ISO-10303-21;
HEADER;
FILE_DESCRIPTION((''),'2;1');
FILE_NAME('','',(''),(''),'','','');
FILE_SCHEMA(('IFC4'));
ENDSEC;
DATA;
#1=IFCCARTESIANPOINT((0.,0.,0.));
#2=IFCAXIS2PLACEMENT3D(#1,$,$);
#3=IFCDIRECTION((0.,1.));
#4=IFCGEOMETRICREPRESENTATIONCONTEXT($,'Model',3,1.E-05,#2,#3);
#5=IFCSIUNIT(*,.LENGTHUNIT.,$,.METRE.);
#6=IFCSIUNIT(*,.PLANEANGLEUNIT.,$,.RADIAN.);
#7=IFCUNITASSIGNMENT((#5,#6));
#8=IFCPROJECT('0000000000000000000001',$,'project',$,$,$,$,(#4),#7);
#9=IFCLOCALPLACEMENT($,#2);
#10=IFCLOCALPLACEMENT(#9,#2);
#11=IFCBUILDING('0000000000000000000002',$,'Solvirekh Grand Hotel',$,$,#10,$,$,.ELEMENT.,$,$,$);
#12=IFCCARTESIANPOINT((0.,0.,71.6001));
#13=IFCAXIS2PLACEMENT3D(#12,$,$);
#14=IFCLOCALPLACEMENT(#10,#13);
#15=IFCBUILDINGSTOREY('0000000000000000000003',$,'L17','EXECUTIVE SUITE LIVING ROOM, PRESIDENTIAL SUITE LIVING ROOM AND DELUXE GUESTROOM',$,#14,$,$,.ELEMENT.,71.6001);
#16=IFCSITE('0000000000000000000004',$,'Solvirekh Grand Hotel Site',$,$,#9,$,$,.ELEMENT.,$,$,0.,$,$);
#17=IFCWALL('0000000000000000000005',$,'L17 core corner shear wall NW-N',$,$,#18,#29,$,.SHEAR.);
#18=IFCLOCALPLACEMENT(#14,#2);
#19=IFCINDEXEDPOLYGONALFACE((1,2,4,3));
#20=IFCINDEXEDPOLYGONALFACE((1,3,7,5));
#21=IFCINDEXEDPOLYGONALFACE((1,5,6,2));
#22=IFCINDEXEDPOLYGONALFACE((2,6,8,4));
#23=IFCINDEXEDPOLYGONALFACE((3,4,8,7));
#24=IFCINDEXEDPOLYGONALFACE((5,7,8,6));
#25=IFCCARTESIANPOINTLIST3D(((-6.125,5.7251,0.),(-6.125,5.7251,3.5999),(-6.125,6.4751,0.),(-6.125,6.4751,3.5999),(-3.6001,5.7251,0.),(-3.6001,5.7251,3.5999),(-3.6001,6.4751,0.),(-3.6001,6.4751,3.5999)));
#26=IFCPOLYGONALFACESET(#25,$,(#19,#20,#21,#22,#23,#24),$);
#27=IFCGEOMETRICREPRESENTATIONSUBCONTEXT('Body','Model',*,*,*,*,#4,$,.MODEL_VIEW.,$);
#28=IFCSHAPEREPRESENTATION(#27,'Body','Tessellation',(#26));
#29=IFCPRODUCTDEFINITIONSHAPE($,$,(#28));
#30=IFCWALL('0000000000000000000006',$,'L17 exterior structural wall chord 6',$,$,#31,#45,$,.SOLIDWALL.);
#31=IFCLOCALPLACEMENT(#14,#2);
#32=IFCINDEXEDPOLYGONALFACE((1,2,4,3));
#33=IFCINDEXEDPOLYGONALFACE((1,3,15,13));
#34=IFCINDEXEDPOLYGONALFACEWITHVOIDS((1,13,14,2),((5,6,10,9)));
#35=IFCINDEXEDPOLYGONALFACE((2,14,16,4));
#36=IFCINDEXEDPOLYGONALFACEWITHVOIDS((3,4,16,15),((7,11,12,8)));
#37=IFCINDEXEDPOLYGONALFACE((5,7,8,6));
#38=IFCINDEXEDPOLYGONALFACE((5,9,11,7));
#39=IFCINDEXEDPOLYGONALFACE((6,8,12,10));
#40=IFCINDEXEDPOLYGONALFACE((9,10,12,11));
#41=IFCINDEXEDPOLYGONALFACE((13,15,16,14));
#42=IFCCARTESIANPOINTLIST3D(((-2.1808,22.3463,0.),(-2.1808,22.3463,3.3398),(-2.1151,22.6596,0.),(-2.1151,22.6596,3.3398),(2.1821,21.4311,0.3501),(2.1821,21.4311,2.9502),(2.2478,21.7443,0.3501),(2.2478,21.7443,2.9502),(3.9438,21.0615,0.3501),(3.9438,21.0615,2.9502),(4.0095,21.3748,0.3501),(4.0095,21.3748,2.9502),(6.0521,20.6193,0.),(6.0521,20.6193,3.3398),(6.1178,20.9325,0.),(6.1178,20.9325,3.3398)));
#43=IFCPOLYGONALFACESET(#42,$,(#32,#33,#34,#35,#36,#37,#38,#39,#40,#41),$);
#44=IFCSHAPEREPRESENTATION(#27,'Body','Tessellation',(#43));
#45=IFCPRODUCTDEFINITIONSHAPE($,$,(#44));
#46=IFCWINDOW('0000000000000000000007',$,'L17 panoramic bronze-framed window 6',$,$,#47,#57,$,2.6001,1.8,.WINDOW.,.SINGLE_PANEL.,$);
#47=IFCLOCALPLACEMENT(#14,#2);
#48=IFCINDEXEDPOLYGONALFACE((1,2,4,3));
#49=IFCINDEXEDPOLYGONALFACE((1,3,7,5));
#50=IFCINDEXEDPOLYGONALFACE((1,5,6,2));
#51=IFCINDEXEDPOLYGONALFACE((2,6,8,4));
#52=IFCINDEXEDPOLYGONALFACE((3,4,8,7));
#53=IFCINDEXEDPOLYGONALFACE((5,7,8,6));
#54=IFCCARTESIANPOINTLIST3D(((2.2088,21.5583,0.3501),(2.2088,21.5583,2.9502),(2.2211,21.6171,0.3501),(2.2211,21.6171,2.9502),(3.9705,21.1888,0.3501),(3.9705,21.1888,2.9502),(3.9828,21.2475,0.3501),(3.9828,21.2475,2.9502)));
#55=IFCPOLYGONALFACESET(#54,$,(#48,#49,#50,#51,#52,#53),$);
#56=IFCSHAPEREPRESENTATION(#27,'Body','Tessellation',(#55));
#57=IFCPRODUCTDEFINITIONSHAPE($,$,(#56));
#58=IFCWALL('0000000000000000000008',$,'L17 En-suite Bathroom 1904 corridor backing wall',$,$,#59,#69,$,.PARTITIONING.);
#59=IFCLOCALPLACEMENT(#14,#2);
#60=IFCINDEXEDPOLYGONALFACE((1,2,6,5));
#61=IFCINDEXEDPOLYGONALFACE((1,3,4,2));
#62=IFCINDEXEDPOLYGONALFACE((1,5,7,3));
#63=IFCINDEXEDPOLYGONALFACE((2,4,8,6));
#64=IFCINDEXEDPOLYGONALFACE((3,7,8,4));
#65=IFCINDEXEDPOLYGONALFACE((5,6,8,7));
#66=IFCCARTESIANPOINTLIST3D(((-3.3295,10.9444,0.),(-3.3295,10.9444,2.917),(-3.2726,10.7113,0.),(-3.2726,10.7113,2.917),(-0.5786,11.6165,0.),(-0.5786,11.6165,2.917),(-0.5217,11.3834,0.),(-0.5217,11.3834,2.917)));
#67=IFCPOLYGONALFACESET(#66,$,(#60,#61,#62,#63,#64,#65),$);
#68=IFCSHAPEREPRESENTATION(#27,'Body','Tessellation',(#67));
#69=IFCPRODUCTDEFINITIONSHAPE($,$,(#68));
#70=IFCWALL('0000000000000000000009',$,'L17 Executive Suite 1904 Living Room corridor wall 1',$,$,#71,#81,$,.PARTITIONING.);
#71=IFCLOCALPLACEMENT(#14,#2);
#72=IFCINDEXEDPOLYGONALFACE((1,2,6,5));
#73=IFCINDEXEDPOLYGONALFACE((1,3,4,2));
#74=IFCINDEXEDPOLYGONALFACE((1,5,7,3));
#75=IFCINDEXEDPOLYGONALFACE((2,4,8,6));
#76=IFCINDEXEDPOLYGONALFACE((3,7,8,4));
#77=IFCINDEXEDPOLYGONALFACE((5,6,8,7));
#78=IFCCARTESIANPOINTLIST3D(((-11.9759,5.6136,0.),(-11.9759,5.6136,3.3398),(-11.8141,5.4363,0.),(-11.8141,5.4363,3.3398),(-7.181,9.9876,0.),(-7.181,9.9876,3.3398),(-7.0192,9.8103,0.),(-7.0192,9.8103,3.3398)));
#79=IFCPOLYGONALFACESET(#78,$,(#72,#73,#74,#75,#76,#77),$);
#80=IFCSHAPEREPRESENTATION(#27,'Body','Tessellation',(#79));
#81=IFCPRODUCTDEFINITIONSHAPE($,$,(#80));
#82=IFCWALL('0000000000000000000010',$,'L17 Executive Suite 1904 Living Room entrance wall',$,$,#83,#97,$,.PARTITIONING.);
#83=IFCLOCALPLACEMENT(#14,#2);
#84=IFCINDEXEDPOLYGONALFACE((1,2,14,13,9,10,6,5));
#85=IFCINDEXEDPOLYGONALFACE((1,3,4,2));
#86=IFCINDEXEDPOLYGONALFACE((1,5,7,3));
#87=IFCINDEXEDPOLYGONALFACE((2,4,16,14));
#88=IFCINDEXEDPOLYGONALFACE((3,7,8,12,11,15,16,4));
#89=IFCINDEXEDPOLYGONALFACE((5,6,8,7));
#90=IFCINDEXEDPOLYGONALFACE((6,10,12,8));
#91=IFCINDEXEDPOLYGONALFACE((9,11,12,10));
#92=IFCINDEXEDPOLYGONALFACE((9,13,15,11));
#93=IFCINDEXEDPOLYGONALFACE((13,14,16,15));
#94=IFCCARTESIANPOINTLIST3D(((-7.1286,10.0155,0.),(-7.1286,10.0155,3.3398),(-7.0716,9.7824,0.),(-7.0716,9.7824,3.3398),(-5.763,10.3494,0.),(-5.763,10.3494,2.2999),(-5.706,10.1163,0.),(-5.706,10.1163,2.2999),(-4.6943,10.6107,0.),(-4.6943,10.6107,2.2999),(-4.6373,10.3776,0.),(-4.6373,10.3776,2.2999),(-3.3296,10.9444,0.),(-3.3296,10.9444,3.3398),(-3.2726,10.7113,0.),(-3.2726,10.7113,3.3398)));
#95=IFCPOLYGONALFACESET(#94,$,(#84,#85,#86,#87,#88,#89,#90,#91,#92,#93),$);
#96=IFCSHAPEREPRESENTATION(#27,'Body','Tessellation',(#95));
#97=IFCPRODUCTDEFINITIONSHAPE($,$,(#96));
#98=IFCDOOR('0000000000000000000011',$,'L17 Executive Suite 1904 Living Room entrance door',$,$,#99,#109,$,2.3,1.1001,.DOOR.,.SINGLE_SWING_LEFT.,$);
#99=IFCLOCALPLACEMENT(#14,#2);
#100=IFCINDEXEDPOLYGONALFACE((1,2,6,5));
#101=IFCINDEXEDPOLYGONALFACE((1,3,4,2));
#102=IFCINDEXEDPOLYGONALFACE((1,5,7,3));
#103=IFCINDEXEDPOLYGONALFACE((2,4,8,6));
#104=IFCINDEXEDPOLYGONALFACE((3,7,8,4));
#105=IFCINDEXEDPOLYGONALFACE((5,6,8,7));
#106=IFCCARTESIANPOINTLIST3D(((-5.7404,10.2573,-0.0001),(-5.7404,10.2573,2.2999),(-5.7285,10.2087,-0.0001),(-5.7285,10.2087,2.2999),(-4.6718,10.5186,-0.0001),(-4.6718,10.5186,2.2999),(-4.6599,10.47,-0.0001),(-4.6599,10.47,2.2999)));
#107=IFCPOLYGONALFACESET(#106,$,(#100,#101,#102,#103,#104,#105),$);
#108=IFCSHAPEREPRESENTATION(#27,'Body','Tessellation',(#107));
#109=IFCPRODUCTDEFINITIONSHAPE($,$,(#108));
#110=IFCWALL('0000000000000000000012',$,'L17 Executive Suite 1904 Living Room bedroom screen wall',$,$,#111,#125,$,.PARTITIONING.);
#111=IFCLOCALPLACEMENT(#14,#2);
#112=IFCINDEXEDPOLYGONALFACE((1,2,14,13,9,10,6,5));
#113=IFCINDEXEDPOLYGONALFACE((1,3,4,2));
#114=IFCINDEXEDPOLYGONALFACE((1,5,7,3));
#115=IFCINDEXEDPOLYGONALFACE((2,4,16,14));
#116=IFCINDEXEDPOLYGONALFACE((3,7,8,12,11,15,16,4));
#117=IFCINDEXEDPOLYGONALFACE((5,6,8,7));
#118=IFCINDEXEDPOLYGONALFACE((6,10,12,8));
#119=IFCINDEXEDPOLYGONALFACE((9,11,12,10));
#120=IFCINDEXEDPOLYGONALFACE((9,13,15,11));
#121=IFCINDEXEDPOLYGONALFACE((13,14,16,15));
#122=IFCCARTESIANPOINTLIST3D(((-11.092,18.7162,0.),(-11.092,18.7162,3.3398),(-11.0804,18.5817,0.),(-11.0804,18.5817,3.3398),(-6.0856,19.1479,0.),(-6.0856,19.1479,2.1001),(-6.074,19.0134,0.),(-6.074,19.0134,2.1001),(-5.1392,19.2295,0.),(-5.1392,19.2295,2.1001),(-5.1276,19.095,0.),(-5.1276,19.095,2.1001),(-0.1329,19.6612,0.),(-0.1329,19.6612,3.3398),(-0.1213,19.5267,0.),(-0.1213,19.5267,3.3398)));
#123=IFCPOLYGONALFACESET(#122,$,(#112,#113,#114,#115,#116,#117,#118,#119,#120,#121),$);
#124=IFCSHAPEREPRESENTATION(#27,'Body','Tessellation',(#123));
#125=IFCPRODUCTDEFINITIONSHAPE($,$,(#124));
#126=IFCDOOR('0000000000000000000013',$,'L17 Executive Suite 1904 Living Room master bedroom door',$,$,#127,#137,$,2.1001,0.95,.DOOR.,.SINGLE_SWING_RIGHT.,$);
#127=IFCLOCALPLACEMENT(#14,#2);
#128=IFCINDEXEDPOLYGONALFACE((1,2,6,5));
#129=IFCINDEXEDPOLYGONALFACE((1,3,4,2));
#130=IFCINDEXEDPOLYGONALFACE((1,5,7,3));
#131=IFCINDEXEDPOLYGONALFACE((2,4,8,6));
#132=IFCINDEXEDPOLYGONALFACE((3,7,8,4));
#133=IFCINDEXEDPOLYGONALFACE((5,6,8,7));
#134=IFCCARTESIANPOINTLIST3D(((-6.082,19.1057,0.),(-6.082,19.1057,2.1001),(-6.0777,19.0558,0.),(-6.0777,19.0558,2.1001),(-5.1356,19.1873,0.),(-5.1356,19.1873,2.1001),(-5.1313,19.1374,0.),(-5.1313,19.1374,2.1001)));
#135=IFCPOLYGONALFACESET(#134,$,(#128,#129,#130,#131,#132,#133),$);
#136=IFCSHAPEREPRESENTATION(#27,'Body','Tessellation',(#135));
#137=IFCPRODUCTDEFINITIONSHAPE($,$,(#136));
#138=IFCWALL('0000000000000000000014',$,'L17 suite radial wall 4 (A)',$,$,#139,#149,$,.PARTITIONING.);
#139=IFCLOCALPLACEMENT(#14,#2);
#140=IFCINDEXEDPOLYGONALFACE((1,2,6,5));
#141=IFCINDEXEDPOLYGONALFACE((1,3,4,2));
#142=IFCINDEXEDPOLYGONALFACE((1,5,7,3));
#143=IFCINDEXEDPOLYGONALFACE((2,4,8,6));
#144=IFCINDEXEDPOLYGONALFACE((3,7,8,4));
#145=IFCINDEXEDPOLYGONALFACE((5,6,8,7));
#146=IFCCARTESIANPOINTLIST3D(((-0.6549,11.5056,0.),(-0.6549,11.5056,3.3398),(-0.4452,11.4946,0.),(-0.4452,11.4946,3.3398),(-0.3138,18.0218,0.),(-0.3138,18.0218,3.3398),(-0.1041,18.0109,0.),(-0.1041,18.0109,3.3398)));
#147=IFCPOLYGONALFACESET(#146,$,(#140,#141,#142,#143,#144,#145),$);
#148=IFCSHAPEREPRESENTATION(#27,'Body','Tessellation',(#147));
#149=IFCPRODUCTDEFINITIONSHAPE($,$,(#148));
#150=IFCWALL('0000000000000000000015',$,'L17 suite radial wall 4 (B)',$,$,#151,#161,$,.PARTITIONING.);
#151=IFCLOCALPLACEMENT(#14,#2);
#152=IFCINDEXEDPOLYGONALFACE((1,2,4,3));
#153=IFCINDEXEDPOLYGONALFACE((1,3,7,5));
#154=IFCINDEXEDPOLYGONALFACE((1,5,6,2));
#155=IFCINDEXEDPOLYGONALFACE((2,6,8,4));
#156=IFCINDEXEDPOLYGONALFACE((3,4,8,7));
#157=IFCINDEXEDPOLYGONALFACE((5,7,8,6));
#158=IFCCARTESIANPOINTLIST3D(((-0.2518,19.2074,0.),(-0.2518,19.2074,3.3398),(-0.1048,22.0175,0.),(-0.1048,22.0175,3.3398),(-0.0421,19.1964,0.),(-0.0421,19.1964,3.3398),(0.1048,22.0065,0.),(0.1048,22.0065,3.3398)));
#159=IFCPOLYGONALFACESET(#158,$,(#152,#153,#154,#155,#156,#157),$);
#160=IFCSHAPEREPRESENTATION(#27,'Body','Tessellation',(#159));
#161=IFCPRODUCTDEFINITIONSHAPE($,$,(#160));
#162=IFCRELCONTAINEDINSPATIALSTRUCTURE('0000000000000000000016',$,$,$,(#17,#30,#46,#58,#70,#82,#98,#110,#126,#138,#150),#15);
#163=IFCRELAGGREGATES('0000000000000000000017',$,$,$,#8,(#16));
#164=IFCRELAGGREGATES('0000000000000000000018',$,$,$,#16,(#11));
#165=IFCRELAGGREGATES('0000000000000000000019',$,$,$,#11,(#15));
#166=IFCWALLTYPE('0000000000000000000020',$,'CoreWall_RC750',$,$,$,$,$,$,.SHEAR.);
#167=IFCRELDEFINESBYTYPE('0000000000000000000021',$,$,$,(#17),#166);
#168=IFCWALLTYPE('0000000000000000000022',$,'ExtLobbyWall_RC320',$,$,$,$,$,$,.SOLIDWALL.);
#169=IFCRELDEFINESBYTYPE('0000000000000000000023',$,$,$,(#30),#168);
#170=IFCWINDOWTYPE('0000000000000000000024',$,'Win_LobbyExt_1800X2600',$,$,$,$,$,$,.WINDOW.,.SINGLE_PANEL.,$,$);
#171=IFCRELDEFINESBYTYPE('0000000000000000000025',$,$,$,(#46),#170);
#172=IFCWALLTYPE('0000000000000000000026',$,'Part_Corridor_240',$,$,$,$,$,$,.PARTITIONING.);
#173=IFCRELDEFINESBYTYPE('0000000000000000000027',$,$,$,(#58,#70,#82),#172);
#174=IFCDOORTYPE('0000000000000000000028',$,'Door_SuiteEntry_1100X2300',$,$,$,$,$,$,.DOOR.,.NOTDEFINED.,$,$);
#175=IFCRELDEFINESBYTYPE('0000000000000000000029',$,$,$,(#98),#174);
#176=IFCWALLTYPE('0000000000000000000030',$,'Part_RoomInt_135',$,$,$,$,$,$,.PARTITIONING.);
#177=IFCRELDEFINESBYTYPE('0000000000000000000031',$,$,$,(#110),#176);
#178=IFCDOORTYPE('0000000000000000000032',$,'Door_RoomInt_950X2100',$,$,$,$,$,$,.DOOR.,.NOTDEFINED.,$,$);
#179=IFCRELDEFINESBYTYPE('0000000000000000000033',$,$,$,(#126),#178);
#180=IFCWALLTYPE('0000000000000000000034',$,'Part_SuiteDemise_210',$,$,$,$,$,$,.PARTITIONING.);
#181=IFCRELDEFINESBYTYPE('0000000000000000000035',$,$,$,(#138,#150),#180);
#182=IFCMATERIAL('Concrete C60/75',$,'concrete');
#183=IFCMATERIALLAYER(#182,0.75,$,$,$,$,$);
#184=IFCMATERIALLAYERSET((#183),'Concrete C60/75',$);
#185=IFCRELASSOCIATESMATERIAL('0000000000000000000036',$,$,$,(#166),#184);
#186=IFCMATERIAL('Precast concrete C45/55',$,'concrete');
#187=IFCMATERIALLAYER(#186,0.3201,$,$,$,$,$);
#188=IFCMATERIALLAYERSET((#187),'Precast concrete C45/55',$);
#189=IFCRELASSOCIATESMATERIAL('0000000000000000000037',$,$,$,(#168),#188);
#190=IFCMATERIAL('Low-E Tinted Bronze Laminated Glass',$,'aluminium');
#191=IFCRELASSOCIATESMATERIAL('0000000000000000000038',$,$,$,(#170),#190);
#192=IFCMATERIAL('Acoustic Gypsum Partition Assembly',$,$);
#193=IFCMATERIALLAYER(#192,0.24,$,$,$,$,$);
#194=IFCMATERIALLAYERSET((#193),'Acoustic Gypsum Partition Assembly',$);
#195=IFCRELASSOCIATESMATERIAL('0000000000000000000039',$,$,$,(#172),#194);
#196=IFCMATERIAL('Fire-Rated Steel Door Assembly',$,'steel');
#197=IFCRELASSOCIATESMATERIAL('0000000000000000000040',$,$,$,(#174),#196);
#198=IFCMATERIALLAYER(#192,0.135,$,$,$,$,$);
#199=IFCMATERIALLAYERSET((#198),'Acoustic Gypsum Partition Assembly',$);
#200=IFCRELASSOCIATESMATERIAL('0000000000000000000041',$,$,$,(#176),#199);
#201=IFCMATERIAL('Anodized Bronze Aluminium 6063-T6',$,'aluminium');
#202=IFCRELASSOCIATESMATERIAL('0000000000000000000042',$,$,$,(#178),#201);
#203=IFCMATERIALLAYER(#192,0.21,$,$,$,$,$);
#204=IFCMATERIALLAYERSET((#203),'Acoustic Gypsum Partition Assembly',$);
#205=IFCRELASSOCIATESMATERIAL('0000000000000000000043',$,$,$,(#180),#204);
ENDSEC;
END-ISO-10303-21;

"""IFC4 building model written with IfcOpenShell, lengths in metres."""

from ifc_helpers import new_model, si_unit, direction, frame, frame_2d, origin, place, context, subcontext, project, spatial, rectangle, extrude, material, layer, layer_set, type_object, element, fill, save


model = new_model("IFC4")

# Units and contexts
model_context = context("Model", 3, precision=1e-05, world=origin(), true_north=direction((0.0, 1.0)))
body_context = subcontext(model_context, "Body", "Model", "MODEL_VIEW")
ifc_project = project(units=[si_unit("LENGTHUNIT", "METRE"), si_unit("PLANEANGLEUNIT", "RADIAN")], contexts=[model_context])

# Site, building, storey
site_placement = place(None, origin())
site = spatial("IfcSite", under=ifc_project, at=site_placement, Name="Solvirekh Grand Hotel Site", CompositionType="ELEMENT", RefElevation=0.0)
building_placement = place(site_placement, origin())
building = spatial("IfcBuilding", under=site, at=building_placement, Name="Solvirekh Grand Hotel", CompositionType="ELEMENT")
storey_placement = place(building_placement, frame((0.0, 0.0, 71.6001)))
storey = spatial("IfcBuildingStorey", under=building, at=storey_placement, Name="L17", Description="EXECUTIVE SUITE LIVING ROOM, PRESIDENTIAL SUITE LIVING ROOM AND DELUXE GUESTROOM", CompositionType="ELEMENT", Elevation=71.6001)

# Shared definitions
ifc_material_1 = material(Name="Concrete C60/75", Category="concrete")

# Wall
ifc_layer_1 = layer(ifc_material_1, 0.75)
ifc_layer_set_1 = layer_set([ifc_layer_1], Name="Concrete C60/75")
wall_type_1 = type_object("IfcWallType", Name="CoreWall_RC750", PredefinedType="SHEAR", material=ifc_layer_set_1)
wall_1_placement = place(storey_placement, frame((-6.125, 6.1001, 0.0), z_axis=(0.0, 0.0, 1.0), x_axis=(1.0, 0.0, 0.0)))
element("IfcWall", 1, at=wall_1_placement, inside=storey, type_object=wall_type_1, Name="L17 core corner shear wall NW-N", PredefinedType="SHEAR", context=body_context, shape_type="SweptSolid", body=[
    extrude(rectangle(XDim=2.5249, YDim=0.75, at=frame_2d((1.2625, 0.0))), origin(), (0.0, 0.0, 1.0), 3.5999),
])

# Wall, opening, window
ifc_material_2 = material(Name="Precast concrete C45/55", Category="concrete")
ifc_layer_2 = layer(ifc_material_2, 0.3201)
ifc_layer_set_2 = layer_set([ifc_layer_2], Name="Precast concrete C45/55")
wall_type_2 = type_object("IfcWallType", Name="ExtLobbyWall_RC320", PredefinedType="SOLIDWALL", material=ifc_layer_set_2)
wall_2_placement = place(storey_placement, frame((-2.1479, 22.5029, 0.0), z_axis=(0.0, 0.0, 1.0), x_axis=(0.978698, -0.205305, 0.0)))
wall_2 = element("IfcWall", 2, at=wall_2_placement, inside=storey, type_object=wall_type_2, Name="L17 exterior structural wall chord 6", PredefinedType="SOLIDWALL", context=body_context, shape_type="SweptSolid", body=[
    extrude(rectangle(XDim=8.4121, YDim=0.3201, at=frame_2d((4.2061, 0.0))), origin(), (0.0, 0.0, 1.0), 3.3398),
])
opening_1_placement = place(wall_2_placement, frame((4.458, 0.0, 0.3501)))
opening_1 = element("IfcOpeningElement", 3, at=opening_1_placement, cuts=wall_2, PredefinedType="OPENING", context=body_context, shape_type="SweptSolid", body=[
    extrude(rectangle(XDim=1.8, YDim=2.6001, at=frame_2d((0.8999, 1.3))), frame((0.0, 0.1699, 0.0), z_axis=(0.0, -1.0, 0.0), x_axis=(1.0, 0.0, 0.0)), (0.0, 0.0, 1.0), 0.3401),
])
ifc_material_3 = material(Name="Low-E Tinted Bronze Laminated Glass", Category="aluminium")
window_type = type_object("IfcWindowType", Name="Win_LobbyExt_1800X2600", PartitioningType="SINGLE_PANEL", PredefinedType="WINDOW", material=ifc_material_3)
window_placement = place(opening_1_placement, origin())
window = element("IfcWindow", 4, at=window_placement, inside=storey, type_object=window_type, Name="L17 panoramic bronze-framed window 6", OverallHeight=2.6001, OverallWidth=1.8, PartitioningType="SINGLE_PANEL", PredefinedType="WINDOW", context=body_context, shape_type="SweptSolid", body=[
    extrude(rectangle(XDim=1.8, YDim=2.6001, at=frame_2d((0.8999, 1.3))), frame((0.0, 0.03, 0.0), z_axis=(0.0, -1.0, 0.0), x_axis=(1.0, 0.0, 0.0)), (0.0, 0.0, 1.0), 0.0601),
])
fill(opening_1, window)

# Walls
ifc_material_4 = material(Name="Acoustic Gypsum Partition Assembly")
ifc_layer_3 = layer(ifc_material_4, 0.24)
ifc_layer_set_3 = layer_set([ifc_layer_3], Name="Acoustic Gypsum Partition Assembly")
wall_type_3 = type_object("IfcWallType", Name="Part_Corridor_240", PredefinedType="PARTITIONING", material=ifc_layer_set_3)
wall_3_placement = place(storey_placement, frame((-0.55, 11.5, 0.0), z_axis=(0.0, 0.0, 1.0), x_axis=(-0.971427, -0.237339, 0.0)))
element("IfcWall", 5, at=wall_3_placement, inside=storey, type_object=wall_type_3, Name="L17 En-suite Bathroom 1904 corridor backing wall", PredefinedType="PARTITIONING", context=body_context, shape_type="SweptSolid", body=[
    extrude(rectangle(XDim=2.8318, YDim=0.24, at=frame_2d((1.416, 0.0))), origin(), (0.0, 0.0, 1.0), 2.917),
])
wall_4_placement = place(storey_placement, frame((-7.1001, 9.8989, 0.0), z_axis=(0.0, 0.0, 1.0), x_axis=(-0.738788, -0.673937, 0.0)))
element("IfcWall", 6, at=wall_4_placement, inside=storey, type_object=wall_type_3, Name="L17 Executive Suite 1904 Living Room corridor wall 1", PredefinedType="PARTITIONING", context=body_context, shape_type="SweptSolid", body=[
    extrude(rectangle(XDim=6.4902, YDim=0.24, at=frame_2d((3.2451, 0.0))), origin(), (0.0, 0.0, 1.0), 3.3398),
])

# Walls, openings, doors
wall_5_placement = place(storey_placement, frame((-3.301, 10.8279, 0.0), z_axis=(0.0, 0.0, 1.0), x_axis=(-0.971382, -0.237524, 0.0)))
wall_5 = element("IfcWall", 7, at=wall_5_placement, inside=storey, type_object=wall_type_3, Name="L17 Executive Suite 1904 Living Room entrance wall", PredefinedType="PARTITIONING", context=body_context, shape_type="SweptSolid", body=[
    extrude(rectangle(XDim=3.9109, YDim=0.24, at=frame_2d((1.9556, 0.0))), origin(), (0.0, 0.0, 1.0), 3.3398),
])
opening_2_placement = place(wall_5_placement, frame((1.405, 0.0, 0.0)))
opening_2 = element("IfcOpeningElement", 8, at=opening_2_placement, cuts=wall_5, PredefinedType="OPENING", context=body_context, shape_type="SweptSolid", body=[
    extrude(rectangle(XDim=1.1001, YDim=2.3, at=frame_2d((0.55, 1.1499))), frame((0.0, 0.1299, 0.0), z_axis=(0.0, -1.0, 0.0), x_axis=(1.0, 0.0, 0.0)), (0.0, 0.0, 1.0), 0.26),
])
ifc_material_5 = material(Name="Fire-Rated Steel Door Assembly", Category="steel")
door_type_1 = type_object("IfcDoorType", Name="Door_SuiteEntry_1100X2300", OperationType="NOTDEFINED", PredefinedType="DOOR", material=ifc_material_5)
door_1_placement = place(opening_2_placement, origin())
door_1 = element("IfcDoor", 9, at=door_1_placement, inside=storey, type_object=door_type_1, Name="L17 Executive Suite 1904 Living Room entrance door", OperationType="SINGLE_SWING_LEFT", OverallHeight=2.3, OverallWidth=1.1001, PredefinedType="DOOR", context=body_context, shape_type="SweptSolid", body=[
    extrude(rectangle(XDim=1.1001, YDim=2.3, at=frame_2d((0.55, 1.1499))), frame((0.0, 0.0249, 0.0), z_axis=(0.0, -1.0, 0.0), x_axis=(1.0, 0.0, 0.0)), (0.0, 0.0, 1.0), 0.05),
])
fill(opening_2, door_1)
ifc_layer_4 = layer(ifc_material_4, 0.135)
ifc_layer_set_4 = layer_set([ifc_layer_4], Name="Acoustic Gypsum Partition Assembly")
wall_type_4 = type_object("IfcWallType", Name="Part_RoomInt_135", PredefinedType="PARTITIONING", material=ifc_layer_set_4)
wall_6_placement = place(storey_placement, frame((-0.127, 19.594, 0.0), z_axis=(0.0, 0.0, 1.0), x_axis=(-0.996302, -0.085918, 0.0)))
wall_6 = element("IfcWall", 10, at=wall_6_placement, inside=storey, type_object=wall_type_4, Name="L17 Executive Suite 1904 Living Room bedroom screen wall", PredefinedType="PARTITIONING", context=body_context, shape_type="SweptSolid", body=[
    extrude(rectangle(XDim=10.9998, YDim=0.135, at=frame_2d((5.5, 0.0))), origin(), (0.0, 0.0, 1.0), 3.3398),
])
opening_3_placement = place(wall_6_placement, frame((5.0249, 0.0, 0.0)))
opening_3 = element("IfcOpeningElement", 11, at=opening_3_placement, cuts=wall_6, PredefinedType="OPENING", context=body_context, shape_type="SweptSolid", body=[
    extrude(rectangle(XDim=0.95, YDim=2.1001, at=frame_2d((0.4751, 1.05))), frame((0.0, 0.0776, 0.0), z_axis=(0.0, -1.0, 0.0), x_axis=(1.0, 0.0, 0.0)), (0.0, 0.0, 1.0), 0.155),
])
ifc_material_6 = material(Name="Anodized Bronze Aluminium 6063-T6", Category="aluminium")
door_type_2 = type_object("IfcDoorType", Name="Door_RoomInt_950X2100", OperationType="NOTDEFINED", PredefinedType="DOOR", material=ifc_material_6)
door_2_placement = place(opening_3_placement, origin())
door_2 = element("IfcDoor", 12, at=door_2_placement, inside=storey, type_object=door_type_2, Name="L17 Executive Suite 1904 Living Room master bedroom door", OperationType="SINGLE_SWING_RIGHT", OverallHeight=2.1001, OverallWidth=0.95, PredefinedType="DOOR", context=body_context, shape_type="SweptSolid", body=[
    extrude(rectangle(XDim=0.95, YDim=2.1001, at=frame_2d((0.4751, 1.05))), frame((0.0, 0.0249, 0.0), z_axis=(0.0, -1.0, 0.0), x_axis=(1.0, 0.0, 0.0)), (0.0, 0.0, 1.0), 0.05),
])
fill(opening_3, door_2)

# Walls
ifc_layer_5 = layer(ifc_material_4, 0.21)
ifc_layer_set_5 = layer_set([ifc_layer_5], Name="Acoustic Gypsum Partition Assembly")
wall_type_5 = type_object("IfcWallType", Name="Part_SuiteDemise_210", PredefinedType="PARTITIONING", material=ifc_layer_set_5)
wall_7_placement = place(storey_placement, frame((-0.55, 11.5, 0.0), z_axis=(0.0, 0.0, 1.0), x_axis=(0.05227, 0.998633, 0.0)))
element("IfcWall", 13, at=wall_7_placement, inside=storey, type_object=wall_type_5, Name="L17 suite radial wall 4 (A)", PredefinedType="PARTITIONING", context=body_context, shape_type="SweptSolid", body=[
    extrude(rectangle(XDim=6.5251, YDim=0.21, at=frame_2d((3.2627, 0.0))), origin(), (0.0, 0.0, 1.0), 3.3398),
])
wall_8_placement = place(storey_placement, frame((-0.147, 19.2019, 0.0), z_axis=(0.0, 0.0, 1.0), x_axis=(0.052231, 0.998635, 0.0)))
element("IfcWall", 14, at=wall_8_placement, inside=storey, type_object=wall_type_5, Name="L17 suite radial wall 4 (B)", PredefinedType="PARTITIONING", context=body_context, shape_type="SweptSolid", body=[
    extrude(rectangle(XDim=2.814, YDim=0.21, at=frame_2d((1.407, 0.0))), origin(), (0.0, 0.0, 1.0), 3.3398),
])

save(model, "model.ifc")
